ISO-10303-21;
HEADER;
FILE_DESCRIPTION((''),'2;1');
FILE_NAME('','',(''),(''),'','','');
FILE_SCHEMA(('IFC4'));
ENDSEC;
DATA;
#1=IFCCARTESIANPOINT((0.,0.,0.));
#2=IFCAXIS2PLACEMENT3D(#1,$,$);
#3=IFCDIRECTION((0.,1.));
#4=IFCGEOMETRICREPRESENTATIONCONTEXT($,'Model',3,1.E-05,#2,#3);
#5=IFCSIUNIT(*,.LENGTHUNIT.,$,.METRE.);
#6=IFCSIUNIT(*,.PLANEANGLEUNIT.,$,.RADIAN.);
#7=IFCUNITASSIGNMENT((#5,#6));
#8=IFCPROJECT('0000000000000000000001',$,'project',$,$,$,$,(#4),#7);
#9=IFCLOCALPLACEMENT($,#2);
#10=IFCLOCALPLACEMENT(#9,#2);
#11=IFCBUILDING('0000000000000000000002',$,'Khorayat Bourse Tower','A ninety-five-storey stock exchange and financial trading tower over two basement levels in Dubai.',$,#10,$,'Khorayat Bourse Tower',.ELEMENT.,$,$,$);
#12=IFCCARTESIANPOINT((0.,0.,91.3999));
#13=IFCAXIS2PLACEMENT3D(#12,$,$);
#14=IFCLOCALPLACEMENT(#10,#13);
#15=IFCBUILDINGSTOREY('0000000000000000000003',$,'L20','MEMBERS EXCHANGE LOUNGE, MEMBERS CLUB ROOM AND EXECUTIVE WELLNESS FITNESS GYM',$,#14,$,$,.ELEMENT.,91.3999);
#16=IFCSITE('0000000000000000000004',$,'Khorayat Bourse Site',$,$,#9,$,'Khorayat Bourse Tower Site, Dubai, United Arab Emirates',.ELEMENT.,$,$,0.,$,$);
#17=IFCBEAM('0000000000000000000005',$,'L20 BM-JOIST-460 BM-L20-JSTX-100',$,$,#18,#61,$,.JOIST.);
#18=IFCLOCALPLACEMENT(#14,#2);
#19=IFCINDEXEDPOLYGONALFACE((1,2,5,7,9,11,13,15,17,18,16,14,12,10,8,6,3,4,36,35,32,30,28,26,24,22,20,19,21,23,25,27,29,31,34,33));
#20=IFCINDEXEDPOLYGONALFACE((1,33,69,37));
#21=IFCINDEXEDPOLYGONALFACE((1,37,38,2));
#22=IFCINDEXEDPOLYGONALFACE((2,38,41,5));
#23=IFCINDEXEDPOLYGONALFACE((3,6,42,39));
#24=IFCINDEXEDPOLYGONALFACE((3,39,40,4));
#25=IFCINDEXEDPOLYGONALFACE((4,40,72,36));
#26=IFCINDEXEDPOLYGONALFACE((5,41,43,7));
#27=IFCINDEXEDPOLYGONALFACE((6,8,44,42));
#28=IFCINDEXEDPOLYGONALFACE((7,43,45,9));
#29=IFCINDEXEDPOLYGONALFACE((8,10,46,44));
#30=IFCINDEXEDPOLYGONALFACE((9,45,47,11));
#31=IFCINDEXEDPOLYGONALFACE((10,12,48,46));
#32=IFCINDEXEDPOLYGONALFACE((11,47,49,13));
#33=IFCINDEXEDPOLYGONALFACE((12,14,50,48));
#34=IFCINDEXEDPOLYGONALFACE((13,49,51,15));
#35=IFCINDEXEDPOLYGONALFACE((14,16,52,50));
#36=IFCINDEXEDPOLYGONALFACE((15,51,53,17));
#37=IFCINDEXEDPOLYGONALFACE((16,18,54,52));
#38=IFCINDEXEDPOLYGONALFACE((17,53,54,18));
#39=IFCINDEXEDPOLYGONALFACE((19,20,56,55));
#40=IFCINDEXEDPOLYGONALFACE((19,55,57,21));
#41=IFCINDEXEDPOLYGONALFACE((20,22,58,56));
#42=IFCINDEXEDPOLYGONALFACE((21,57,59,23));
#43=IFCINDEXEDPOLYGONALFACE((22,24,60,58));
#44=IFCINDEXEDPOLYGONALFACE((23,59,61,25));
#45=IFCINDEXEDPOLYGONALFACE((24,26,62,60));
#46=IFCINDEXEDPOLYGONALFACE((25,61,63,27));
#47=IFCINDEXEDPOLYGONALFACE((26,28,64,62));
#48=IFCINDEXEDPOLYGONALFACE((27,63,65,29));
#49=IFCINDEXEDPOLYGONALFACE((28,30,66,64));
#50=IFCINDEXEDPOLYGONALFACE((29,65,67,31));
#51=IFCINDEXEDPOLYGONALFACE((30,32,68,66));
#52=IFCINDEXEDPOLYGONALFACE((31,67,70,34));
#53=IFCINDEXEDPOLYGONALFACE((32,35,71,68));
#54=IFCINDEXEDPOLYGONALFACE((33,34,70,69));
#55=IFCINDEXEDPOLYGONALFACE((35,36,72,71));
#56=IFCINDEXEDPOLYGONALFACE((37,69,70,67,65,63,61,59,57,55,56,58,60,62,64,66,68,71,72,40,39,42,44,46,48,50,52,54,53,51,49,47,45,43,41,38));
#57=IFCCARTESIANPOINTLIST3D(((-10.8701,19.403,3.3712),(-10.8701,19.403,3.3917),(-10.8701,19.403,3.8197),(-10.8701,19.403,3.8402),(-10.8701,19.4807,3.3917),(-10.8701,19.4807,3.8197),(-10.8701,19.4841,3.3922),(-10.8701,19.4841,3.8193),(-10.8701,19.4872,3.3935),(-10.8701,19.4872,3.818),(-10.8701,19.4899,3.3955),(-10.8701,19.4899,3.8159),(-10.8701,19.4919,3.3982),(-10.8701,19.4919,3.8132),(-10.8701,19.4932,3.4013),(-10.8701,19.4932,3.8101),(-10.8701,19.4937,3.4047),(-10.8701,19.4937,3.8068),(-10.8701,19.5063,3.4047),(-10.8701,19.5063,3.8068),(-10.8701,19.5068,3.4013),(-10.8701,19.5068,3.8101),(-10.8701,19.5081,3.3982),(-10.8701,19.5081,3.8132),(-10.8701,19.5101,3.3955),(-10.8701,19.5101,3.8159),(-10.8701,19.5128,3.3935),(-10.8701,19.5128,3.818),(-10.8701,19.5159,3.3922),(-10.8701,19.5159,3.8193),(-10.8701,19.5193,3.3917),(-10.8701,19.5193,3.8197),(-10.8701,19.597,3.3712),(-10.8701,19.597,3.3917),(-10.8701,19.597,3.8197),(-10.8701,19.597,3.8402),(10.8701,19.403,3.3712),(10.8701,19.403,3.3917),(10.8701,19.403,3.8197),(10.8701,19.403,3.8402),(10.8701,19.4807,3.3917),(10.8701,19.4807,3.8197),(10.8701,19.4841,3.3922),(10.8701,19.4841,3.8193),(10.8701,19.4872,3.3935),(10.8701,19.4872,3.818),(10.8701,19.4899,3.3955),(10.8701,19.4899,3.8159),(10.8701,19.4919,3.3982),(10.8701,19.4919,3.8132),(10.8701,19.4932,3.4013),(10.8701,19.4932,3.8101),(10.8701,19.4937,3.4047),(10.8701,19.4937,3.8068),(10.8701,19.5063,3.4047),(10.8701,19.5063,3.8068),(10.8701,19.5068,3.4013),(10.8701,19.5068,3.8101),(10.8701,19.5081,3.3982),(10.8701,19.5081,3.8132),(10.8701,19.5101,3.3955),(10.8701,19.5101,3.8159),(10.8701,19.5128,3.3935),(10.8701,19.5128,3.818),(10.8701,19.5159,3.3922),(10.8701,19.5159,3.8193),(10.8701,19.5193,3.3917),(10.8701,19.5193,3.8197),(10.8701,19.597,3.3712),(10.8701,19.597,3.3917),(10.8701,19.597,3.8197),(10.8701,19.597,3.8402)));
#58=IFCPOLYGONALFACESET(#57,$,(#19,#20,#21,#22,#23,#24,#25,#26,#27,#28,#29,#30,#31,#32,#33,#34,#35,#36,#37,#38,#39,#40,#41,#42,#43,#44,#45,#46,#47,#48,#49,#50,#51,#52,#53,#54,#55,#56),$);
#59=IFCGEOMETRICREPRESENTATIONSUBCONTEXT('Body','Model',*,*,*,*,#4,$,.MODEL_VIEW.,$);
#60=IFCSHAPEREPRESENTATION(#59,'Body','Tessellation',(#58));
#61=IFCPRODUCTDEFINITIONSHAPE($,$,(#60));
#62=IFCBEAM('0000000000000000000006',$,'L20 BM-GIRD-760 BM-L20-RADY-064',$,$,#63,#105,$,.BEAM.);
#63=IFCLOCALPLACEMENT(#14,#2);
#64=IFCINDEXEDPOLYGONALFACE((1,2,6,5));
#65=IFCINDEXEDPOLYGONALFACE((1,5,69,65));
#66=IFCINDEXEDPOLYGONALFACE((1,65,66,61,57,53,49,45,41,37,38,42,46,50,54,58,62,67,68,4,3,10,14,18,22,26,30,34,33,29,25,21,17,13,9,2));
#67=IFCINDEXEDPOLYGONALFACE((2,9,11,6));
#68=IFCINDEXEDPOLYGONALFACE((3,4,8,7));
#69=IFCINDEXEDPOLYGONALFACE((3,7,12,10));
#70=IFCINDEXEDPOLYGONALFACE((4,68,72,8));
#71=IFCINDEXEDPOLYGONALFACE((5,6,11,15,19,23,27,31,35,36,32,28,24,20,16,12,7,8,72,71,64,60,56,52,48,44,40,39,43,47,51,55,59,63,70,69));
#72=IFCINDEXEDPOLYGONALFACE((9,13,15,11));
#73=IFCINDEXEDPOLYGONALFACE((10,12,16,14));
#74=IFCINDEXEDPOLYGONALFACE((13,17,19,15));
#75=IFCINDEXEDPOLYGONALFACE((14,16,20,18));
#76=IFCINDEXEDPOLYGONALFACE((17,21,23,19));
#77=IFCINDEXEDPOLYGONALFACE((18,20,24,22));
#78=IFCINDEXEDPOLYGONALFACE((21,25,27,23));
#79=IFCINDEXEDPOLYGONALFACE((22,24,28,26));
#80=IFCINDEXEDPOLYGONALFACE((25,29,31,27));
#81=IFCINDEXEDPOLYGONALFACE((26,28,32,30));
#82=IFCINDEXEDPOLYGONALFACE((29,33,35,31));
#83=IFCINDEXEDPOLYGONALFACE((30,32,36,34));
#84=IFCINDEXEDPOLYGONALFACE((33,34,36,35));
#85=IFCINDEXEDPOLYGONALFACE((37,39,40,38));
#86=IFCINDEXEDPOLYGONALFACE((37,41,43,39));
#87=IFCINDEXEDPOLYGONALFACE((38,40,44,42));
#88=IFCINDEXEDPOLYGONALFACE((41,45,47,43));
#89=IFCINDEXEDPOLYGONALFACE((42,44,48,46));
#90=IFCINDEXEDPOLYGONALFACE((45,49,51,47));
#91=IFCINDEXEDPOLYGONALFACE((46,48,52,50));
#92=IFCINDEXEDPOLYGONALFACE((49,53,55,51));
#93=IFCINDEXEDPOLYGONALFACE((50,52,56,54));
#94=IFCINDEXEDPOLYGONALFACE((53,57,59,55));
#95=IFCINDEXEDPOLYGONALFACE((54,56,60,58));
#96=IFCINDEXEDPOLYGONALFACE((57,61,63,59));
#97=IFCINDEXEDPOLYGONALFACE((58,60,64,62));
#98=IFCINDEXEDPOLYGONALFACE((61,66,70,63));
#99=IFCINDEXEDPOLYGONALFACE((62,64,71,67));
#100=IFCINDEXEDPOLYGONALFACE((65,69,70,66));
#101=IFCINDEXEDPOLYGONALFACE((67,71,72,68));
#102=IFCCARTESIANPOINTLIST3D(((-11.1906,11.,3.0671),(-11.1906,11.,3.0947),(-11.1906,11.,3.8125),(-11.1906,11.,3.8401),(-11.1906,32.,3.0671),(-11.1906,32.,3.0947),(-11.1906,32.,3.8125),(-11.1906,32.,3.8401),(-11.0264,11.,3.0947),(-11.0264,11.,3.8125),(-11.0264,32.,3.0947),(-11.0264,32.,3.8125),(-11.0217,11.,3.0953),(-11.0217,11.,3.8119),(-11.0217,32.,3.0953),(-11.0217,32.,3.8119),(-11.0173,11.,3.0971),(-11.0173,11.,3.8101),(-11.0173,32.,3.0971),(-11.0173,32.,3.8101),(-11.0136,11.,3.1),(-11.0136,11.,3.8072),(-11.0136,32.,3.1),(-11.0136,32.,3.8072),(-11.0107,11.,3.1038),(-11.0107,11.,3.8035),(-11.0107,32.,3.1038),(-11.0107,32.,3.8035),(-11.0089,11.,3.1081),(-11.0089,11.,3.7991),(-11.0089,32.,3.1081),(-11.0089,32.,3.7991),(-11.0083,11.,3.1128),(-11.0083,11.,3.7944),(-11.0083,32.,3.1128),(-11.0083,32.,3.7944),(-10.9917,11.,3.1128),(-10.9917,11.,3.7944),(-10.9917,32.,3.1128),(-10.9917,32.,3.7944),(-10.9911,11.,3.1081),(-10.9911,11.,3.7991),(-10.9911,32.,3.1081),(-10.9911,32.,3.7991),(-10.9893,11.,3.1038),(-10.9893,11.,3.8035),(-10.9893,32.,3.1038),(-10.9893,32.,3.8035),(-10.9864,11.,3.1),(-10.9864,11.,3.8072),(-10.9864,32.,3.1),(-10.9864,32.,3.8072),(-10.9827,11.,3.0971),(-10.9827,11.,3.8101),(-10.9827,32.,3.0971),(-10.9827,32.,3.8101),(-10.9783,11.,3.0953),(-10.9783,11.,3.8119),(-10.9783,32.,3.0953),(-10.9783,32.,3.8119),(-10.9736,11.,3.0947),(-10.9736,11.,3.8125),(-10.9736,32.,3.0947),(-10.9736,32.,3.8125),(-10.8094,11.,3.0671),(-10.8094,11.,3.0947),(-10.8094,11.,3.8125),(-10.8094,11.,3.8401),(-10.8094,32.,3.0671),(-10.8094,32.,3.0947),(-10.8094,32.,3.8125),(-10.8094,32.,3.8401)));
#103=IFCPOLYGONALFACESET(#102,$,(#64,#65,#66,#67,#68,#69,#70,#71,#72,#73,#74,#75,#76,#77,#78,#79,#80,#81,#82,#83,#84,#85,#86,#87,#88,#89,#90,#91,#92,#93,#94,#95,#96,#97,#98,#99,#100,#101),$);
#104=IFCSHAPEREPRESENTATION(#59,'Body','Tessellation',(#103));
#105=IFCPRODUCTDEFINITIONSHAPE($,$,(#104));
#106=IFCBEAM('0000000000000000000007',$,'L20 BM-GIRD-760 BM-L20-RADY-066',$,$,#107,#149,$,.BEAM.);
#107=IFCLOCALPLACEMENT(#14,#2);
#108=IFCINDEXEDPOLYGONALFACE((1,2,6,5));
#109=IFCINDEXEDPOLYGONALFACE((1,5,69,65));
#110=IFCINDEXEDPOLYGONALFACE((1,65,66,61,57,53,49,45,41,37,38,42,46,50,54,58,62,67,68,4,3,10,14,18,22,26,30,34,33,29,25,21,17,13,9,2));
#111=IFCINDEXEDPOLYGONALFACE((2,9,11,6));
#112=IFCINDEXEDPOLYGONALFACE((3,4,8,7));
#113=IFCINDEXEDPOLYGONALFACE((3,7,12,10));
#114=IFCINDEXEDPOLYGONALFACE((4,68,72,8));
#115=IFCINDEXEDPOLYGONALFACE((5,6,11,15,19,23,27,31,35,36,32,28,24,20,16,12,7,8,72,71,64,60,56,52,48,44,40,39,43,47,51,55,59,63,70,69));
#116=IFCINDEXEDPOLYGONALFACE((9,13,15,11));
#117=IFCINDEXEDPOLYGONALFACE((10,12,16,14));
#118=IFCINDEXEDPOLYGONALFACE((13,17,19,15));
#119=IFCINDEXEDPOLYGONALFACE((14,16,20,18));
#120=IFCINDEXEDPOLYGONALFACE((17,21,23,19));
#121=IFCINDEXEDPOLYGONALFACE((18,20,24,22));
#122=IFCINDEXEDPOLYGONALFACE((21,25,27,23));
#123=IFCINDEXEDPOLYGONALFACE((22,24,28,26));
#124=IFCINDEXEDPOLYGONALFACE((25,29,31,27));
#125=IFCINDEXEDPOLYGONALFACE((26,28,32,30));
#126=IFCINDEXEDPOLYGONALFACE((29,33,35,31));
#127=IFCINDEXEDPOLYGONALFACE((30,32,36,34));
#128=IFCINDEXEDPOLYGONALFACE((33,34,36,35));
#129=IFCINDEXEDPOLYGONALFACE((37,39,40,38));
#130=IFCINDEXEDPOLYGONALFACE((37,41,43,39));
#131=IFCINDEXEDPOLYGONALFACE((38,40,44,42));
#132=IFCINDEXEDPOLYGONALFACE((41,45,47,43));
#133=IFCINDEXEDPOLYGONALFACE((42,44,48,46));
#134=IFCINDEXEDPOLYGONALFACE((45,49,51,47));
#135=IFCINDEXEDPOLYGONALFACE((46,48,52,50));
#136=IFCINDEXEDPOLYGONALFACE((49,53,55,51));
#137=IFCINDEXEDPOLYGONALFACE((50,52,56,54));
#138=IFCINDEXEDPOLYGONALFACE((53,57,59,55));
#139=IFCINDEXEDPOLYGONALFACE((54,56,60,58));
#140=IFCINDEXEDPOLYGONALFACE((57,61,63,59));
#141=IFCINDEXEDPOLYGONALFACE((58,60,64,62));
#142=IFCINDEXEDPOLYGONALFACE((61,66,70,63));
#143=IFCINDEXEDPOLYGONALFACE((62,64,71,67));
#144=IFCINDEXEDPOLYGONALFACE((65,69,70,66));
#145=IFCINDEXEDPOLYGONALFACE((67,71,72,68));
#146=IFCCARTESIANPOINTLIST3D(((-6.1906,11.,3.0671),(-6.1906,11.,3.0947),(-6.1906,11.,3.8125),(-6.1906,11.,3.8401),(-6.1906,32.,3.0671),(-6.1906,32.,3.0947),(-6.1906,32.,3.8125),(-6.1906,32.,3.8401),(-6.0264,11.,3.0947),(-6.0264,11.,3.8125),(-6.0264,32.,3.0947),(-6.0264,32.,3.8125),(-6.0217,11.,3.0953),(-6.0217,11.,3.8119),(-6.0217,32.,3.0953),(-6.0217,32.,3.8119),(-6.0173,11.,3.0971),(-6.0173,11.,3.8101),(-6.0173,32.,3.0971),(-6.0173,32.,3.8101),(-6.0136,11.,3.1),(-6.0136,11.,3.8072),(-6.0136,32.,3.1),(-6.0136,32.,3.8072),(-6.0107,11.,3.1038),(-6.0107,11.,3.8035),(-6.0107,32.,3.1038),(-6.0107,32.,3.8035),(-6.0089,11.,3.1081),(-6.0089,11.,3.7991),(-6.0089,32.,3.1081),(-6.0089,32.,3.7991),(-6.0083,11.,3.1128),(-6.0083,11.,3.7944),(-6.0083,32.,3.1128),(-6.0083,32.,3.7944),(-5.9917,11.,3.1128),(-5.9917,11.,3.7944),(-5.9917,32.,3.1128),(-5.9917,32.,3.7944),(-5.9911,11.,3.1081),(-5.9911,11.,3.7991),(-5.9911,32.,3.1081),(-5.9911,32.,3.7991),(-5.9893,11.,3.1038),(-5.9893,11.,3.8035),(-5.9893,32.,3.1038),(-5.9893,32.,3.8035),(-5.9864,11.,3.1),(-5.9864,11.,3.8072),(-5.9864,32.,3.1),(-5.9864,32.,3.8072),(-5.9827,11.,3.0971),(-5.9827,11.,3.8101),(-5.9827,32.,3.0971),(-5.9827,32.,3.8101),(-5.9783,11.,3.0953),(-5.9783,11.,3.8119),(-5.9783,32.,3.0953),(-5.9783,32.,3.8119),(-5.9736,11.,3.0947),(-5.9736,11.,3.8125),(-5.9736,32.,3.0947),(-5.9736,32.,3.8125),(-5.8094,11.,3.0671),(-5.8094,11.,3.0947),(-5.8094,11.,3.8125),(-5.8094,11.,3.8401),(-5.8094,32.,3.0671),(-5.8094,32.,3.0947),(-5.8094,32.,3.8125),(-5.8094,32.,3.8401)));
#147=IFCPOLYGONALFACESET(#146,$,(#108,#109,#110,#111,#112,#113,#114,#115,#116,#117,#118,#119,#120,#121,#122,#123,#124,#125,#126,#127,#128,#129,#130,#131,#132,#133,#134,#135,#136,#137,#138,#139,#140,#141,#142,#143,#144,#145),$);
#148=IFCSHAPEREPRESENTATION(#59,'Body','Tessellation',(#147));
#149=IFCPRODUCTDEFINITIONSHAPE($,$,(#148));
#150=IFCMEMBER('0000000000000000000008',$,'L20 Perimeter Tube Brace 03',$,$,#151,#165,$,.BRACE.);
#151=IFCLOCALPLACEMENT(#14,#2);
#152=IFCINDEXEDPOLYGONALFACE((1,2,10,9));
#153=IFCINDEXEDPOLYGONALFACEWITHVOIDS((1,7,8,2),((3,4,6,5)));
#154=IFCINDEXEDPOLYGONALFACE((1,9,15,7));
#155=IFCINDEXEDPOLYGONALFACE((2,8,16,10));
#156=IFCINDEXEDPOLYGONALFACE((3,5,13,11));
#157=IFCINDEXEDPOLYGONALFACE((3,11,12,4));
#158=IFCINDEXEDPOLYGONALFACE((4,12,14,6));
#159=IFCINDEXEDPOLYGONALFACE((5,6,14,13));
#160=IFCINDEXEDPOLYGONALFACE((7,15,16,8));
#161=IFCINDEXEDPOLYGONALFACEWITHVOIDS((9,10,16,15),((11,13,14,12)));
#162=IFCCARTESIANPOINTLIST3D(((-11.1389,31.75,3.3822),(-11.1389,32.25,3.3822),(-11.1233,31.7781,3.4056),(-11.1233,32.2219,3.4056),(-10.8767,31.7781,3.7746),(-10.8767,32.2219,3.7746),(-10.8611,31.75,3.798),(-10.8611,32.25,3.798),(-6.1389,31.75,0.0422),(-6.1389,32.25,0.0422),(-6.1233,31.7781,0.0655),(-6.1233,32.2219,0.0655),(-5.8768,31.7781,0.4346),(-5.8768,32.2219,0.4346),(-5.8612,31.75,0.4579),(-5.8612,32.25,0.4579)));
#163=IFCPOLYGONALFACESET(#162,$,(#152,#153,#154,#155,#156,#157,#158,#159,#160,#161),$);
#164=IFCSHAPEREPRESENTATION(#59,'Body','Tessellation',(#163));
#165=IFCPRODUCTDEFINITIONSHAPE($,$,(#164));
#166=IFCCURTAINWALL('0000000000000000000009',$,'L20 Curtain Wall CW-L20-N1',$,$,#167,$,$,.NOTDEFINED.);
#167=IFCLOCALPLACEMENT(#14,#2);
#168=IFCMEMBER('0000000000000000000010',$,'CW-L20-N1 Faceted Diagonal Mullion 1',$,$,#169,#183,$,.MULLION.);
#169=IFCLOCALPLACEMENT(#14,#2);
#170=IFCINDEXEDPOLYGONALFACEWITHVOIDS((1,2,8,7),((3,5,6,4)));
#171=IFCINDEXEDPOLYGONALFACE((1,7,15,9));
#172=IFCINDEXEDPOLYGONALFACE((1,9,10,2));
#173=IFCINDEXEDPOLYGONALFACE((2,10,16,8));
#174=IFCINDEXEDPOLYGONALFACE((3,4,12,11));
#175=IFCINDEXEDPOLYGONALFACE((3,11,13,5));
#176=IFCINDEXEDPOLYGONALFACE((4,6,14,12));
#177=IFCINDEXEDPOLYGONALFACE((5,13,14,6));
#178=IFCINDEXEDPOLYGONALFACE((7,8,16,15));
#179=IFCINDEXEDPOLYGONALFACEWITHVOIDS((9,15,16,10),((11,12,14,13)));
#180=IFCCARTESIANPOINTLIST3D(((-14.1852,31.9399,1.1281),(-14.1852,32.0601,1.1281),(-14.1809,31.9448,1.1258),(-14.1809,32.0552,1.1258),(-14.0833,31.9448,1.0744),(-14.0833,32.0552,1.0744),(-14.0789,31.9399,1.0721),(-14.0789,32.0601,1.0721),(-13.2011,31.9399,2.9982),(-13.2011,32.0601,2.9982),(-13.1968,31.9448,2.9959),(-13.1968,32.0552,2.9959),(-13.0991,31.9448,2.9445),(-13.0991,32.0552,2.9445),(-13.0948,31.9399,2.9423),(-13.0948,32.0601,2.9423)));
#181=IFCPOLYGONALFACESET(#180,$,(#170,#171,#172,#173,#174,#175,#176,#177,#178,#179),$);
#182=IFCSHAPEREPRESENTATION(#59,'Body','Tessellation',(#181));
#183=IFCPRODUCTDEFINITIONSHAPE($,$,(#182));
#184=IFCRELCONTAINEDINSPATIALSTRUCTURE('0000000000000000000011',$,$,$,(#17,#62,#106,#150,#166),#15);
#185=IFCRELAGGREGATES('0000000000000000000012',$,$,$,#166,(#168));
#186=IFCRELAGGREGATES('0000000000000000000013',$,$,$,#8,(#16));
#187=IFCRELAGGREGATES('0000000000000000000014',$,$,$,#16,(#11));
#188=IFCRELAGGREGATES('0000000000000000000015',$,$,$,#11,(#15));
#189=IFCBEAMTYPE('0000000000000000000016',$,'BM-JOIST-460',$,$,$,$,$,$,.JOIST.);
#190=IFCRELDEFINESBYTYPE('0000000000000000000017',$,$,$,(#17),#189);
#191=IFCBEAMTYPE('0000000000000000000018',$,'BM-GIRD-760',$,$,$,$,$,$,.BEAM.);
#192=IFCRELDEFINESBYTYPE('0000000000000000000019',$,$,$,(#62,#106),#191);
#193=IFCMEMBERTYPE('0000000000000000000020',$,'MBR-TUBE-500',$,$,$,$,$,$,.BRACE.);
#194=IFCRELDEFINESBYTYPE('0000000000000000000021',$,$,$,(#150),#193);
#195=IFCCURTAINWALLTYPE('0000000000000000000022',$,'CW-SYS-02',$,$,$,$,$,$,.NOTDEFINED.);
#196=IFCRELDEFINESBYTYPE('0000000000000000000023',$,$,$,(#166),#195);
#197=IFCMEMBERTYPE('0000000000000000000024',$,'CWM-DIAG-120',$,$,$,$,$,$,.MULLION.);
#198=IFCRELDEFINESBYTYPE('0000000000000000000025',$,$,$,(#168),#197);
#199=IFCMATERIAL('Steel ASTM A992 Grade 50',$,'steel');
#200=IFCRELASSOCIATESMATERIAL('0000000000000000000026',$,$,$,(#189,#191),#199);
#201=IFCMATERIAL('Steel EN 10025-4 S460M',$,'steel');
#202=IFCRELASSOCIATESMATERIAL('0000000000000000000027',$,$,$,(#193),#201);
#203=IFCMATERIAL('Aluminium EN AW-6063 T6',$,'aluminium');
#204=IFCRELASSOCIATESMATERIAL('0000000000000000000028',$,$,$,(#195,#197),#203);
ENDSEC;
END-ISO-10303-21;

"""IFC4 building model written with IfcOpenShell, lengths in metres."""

from ifc_helpers import new_model, si_unit, direction, frame, origin, origin_2d, place, context, subcontext, project, spatial, hollow_rectangle, i_section, extrude, source, transform, mapped, material, material_profile, profile_set, type_object, element, aggregate, save


model = new_model("IFC4")

# Units and contexts
model_context = context("Model", 3, precision=1e-05, world=origin(), true_north=direction((0.0, 1.0)))
body_context = subcontext(model_context, "Body", "Model", "MODEL_VIEW")
ifc_project = project(units=[si_unit("LENGTHUNIT", "METRE"), si_unit("PLANEANGLEUNIT", "RADIAN")], contexts=[model_context])

# Site, building, storey
site_placement = place(None, origin())
site = spatial("IfcSite", under=ifc_project, at=site_placement, Name="Khorayat Bourse Site", LongName="Khorayat Bourse Tower Site, Dubai, United Arab Emirates", CompositionType="ELEMENT", RefElevation=0.0)
building_placement = place(site_placement, origin())
building = spatial("IfcBuilding", under=site, at=building_placement, Name="Khorayat Bourse Tower", Description="A ninety-five-storey stock exchange and financial trading tower over two basement levels in Dubai.", LongName="Khorayat Bourse Tower", CompositionType="ELEMENT")
storey_placement = place(building_placement, frame((0.0, 0.0, 91.3999)))
storey = spatial("IfcBuildingStorey", under=building, at=storey_placement, Name="L20", Description="MEMBERS EXCHANGE LOUNGE, MEMBERS CLUB ROOM AND EXECUTIVE WELLNESS FITNESS GYM", CompositionType="ELEMENT", Elevation=91.3999)

# Shared definitions
ifc_material_1 = material(Name="Steel EN 10025-4 S460M", Category="steel")

# Beams
ifc_material_2 = material(Name="Steel ASTM A992 Grade 50", Category="steel")
ifc_material_profile_1 = material_profile(ifc_material_2, i_section(OverallWidth=0.1941, OverallDepth=0.469, WebThickness=0.0127, FlangeThickness=0.0205, FilletRadius=0.0129, at=origin_2d()), Name="W460X106")
ifc_profile_set_1 = profile_set([ifc_material_profile_1], Name="Steel ASTM A992 Grade 50")
beam_type_1 = type_object("IfcBeamType", Name="BM-JOIST-460", PredefinedType="JOIST", material=ifc_profile_set_1)
shared_shape_1 = source(origin(), body_context, "Body", "SweptSolid", [
    extrude(i_section(OverallWidth=0.1941, OverallDepth=0.469, WebThickness=0.0127, FlangeThickness=0.0205, FilletRadius=0.0129, at=origin_2d()), origin(), (0.0, 0.0, 1.0), 21.7402),
])
beam_1_placement = place(storey_placement, frame((-10.8701, 19.5, 3.6057), z_axis=(1.0, 0.0, 0.0), x_axis=(0.0, 1.0, 0.0)))
element("IfcBeam", 1, at=beam_1_placement, inside=storey, type_object=beam_type_1, Name="L20 BM-JOIST-460 BM-L20-JSTX-100", PredefinedType="JOIST", context=body_context, shape_type="MappedRepresentation", body=[
    mapped(shared_shape_1, transform((0.0, 0.0, 0.0), scale=1.0)),
])
ifc_material_profile_2 = material_profile(ifc_material_2, i_section(OverallWidth=0.3811, OverallDepth=0.7729, WebThickness=0.0166, FlangeThickness=0.0276, FilletRadius=0.0181, at=origin_2d()), Name="W760X257")
ifc_profile_set_2 = profile_set([ifc_material_profile_2], Name="Steel ASTM A992 Grade 50")
beam_type_2 = type_object("IfcBeamType", Name="BM-GIRD-760", PredefinedType="BEAM", material=ifc_profile_set_2)
shared_shape_2 = source(origin(), body_context, "Body", "SweptSolid", [
    extrude(i_section(OverallWidth=0.3811, OverallDepth=0.7729, WebThickness=0.0166, FlangeThickness=0.0276, FilletRadius=0.0181, at=origin_2d()), origin(), (0.0, 0.0, 1.0), 21.0),
])
for number, where, z_axis, x_axis, name in (
    (2, (-11.0, 11.0, 3.4536), (0.0, 1.0, 0.0), (-1.0, 0.0, 0.0), "L20 BM-GIRD-760 BM-L20-RADY-064"),
    (3, (-6.0, 11.0, 3.4536), (0.0, 1.0, 0.0), (-1.0, 0.0, 0.0), "L20 BM-GIRD-760 BM-L20-RADY-066"),
):
    element("IfcBeam", number, at=place(storey_placement, frame(where, z_axis=z_axis, x_axis=x_axis)), inside=storey, type_object=beam_type_2, Name=name, PredefinedType="BEAM", context=body_context, shape_type="MappedRepresentation", body=[
        mapped(shared_shape_2, transform((0.0, 0.0, 0.0), scale=1.0)),
    ])

# Member
ifc_material_profile_3 = material_profile(ifc_material_1, hollow_rectangle(XDim=0.5, YDim=0.5, WallThickness=0.0281, at=origin_2d()), Name="HSS 500x500x28")
ifc_profile_set_3 = profile_set([ifc_material_profile_3], Name="Steel EN 10025-4 S460M")
member_type_1 = type_object("IfcMemberType", Name="MBR-TUBE-500", PredefinedType="BRACE", material=ifc_profile_set_3)
shared_shape_3 = source(origin(), body_context, "Body", "SweptSolid", [
    extrude(hollow_rectangle(XDim=0.5, YDim=0.5, WallThickness=0.0281, at=origin_2d()), origin(), (0.0, 0.0, 1.0), 6.0129),
])
member_1_placement = place(storey_placement, frame((-11.0, 32.0, 3.5901), z_axis=(0.831531, 0.0, -0.555478), x_axis=(0.0, 1.0, 0.0)))
element("IfcMember", 4, at=member_1_placement, inside=storey, type_object=member_type_1, Name="L20 Perimeter Tube Brace 03", PredefinedType="BRACE", context=body_context, shape_type="MappedRepresentation", body=[
    mapped(shared_shape_3, transform((0.0, 0.0, 0.0), scale=1.0)),
])

# Curtain wall, member
ifc_material_3 = material(Name="Aluminium EN AW-6063 T6", Category="aluminium")
curtain_wall_type = type_object("IfcCurtainWallType", Name="CW-SYS-02", PredefinedType="NOTDEFINED", material=ifc_material_3)
curtain_wall_placement = place(storey_placement, origin())
curtain_wall = element("IfcCurtainWall", 5, at=curtain_wall_placement, inside=storey, type_object=curtain_wall_type, Name="L20 Curtain Wall CW-L20-N1", PredefinedType="NOTDEFINED")
ifc_material_profile_4 = material_profile(ifc_material_3, hollow_rectangle(XDim=0.1201, YDim=0.1201, WallThickness=0.0049, at=origin_2d()), Name="ALU 120x120x5")
ifc_profile_set_4 = profile_set([ifc_material_profile_4], Name="Aluminium EN AW-6063 T6")
member_type_2 = type_object("IfcMemberType", Name="CWM-DIAG-120", PredefinedType="MULLION", material=ifc_profile_set_4)
shared_shape_4 = source(origin(), body_context, "Body", "SweptSolid", [
    extrude(hollow_rectangle(XDim=0.1201, YDim=0.1201, WallThickness=0.0049, at=origin_2d()), origin(), (0.0, 0.0, 1.0), 2.1133),
])
member_2_placement = place(storey_placement, frame((-14.1321, 32.0, 1.1001), z_axis=(0.465694, 0.0, 0.884946), x_axis=(0.0, 1.0, 0.0)))
member_2 = element("IfcMember", 6, at=member_2_placement, type_object=member_type_2, Name="CW-L20-N1 Faceted Diagonal Mullion 1", PredefinedType="MULLION", context=body_context, shape_type="MappedRepresentation", body=[
    mapped(shared_shape_4, transform((0.0, 0.0, 0.0), scale=1.0)),
])

aggregate(curtain_wall, [member_2])

save(model, "model.ifc")
